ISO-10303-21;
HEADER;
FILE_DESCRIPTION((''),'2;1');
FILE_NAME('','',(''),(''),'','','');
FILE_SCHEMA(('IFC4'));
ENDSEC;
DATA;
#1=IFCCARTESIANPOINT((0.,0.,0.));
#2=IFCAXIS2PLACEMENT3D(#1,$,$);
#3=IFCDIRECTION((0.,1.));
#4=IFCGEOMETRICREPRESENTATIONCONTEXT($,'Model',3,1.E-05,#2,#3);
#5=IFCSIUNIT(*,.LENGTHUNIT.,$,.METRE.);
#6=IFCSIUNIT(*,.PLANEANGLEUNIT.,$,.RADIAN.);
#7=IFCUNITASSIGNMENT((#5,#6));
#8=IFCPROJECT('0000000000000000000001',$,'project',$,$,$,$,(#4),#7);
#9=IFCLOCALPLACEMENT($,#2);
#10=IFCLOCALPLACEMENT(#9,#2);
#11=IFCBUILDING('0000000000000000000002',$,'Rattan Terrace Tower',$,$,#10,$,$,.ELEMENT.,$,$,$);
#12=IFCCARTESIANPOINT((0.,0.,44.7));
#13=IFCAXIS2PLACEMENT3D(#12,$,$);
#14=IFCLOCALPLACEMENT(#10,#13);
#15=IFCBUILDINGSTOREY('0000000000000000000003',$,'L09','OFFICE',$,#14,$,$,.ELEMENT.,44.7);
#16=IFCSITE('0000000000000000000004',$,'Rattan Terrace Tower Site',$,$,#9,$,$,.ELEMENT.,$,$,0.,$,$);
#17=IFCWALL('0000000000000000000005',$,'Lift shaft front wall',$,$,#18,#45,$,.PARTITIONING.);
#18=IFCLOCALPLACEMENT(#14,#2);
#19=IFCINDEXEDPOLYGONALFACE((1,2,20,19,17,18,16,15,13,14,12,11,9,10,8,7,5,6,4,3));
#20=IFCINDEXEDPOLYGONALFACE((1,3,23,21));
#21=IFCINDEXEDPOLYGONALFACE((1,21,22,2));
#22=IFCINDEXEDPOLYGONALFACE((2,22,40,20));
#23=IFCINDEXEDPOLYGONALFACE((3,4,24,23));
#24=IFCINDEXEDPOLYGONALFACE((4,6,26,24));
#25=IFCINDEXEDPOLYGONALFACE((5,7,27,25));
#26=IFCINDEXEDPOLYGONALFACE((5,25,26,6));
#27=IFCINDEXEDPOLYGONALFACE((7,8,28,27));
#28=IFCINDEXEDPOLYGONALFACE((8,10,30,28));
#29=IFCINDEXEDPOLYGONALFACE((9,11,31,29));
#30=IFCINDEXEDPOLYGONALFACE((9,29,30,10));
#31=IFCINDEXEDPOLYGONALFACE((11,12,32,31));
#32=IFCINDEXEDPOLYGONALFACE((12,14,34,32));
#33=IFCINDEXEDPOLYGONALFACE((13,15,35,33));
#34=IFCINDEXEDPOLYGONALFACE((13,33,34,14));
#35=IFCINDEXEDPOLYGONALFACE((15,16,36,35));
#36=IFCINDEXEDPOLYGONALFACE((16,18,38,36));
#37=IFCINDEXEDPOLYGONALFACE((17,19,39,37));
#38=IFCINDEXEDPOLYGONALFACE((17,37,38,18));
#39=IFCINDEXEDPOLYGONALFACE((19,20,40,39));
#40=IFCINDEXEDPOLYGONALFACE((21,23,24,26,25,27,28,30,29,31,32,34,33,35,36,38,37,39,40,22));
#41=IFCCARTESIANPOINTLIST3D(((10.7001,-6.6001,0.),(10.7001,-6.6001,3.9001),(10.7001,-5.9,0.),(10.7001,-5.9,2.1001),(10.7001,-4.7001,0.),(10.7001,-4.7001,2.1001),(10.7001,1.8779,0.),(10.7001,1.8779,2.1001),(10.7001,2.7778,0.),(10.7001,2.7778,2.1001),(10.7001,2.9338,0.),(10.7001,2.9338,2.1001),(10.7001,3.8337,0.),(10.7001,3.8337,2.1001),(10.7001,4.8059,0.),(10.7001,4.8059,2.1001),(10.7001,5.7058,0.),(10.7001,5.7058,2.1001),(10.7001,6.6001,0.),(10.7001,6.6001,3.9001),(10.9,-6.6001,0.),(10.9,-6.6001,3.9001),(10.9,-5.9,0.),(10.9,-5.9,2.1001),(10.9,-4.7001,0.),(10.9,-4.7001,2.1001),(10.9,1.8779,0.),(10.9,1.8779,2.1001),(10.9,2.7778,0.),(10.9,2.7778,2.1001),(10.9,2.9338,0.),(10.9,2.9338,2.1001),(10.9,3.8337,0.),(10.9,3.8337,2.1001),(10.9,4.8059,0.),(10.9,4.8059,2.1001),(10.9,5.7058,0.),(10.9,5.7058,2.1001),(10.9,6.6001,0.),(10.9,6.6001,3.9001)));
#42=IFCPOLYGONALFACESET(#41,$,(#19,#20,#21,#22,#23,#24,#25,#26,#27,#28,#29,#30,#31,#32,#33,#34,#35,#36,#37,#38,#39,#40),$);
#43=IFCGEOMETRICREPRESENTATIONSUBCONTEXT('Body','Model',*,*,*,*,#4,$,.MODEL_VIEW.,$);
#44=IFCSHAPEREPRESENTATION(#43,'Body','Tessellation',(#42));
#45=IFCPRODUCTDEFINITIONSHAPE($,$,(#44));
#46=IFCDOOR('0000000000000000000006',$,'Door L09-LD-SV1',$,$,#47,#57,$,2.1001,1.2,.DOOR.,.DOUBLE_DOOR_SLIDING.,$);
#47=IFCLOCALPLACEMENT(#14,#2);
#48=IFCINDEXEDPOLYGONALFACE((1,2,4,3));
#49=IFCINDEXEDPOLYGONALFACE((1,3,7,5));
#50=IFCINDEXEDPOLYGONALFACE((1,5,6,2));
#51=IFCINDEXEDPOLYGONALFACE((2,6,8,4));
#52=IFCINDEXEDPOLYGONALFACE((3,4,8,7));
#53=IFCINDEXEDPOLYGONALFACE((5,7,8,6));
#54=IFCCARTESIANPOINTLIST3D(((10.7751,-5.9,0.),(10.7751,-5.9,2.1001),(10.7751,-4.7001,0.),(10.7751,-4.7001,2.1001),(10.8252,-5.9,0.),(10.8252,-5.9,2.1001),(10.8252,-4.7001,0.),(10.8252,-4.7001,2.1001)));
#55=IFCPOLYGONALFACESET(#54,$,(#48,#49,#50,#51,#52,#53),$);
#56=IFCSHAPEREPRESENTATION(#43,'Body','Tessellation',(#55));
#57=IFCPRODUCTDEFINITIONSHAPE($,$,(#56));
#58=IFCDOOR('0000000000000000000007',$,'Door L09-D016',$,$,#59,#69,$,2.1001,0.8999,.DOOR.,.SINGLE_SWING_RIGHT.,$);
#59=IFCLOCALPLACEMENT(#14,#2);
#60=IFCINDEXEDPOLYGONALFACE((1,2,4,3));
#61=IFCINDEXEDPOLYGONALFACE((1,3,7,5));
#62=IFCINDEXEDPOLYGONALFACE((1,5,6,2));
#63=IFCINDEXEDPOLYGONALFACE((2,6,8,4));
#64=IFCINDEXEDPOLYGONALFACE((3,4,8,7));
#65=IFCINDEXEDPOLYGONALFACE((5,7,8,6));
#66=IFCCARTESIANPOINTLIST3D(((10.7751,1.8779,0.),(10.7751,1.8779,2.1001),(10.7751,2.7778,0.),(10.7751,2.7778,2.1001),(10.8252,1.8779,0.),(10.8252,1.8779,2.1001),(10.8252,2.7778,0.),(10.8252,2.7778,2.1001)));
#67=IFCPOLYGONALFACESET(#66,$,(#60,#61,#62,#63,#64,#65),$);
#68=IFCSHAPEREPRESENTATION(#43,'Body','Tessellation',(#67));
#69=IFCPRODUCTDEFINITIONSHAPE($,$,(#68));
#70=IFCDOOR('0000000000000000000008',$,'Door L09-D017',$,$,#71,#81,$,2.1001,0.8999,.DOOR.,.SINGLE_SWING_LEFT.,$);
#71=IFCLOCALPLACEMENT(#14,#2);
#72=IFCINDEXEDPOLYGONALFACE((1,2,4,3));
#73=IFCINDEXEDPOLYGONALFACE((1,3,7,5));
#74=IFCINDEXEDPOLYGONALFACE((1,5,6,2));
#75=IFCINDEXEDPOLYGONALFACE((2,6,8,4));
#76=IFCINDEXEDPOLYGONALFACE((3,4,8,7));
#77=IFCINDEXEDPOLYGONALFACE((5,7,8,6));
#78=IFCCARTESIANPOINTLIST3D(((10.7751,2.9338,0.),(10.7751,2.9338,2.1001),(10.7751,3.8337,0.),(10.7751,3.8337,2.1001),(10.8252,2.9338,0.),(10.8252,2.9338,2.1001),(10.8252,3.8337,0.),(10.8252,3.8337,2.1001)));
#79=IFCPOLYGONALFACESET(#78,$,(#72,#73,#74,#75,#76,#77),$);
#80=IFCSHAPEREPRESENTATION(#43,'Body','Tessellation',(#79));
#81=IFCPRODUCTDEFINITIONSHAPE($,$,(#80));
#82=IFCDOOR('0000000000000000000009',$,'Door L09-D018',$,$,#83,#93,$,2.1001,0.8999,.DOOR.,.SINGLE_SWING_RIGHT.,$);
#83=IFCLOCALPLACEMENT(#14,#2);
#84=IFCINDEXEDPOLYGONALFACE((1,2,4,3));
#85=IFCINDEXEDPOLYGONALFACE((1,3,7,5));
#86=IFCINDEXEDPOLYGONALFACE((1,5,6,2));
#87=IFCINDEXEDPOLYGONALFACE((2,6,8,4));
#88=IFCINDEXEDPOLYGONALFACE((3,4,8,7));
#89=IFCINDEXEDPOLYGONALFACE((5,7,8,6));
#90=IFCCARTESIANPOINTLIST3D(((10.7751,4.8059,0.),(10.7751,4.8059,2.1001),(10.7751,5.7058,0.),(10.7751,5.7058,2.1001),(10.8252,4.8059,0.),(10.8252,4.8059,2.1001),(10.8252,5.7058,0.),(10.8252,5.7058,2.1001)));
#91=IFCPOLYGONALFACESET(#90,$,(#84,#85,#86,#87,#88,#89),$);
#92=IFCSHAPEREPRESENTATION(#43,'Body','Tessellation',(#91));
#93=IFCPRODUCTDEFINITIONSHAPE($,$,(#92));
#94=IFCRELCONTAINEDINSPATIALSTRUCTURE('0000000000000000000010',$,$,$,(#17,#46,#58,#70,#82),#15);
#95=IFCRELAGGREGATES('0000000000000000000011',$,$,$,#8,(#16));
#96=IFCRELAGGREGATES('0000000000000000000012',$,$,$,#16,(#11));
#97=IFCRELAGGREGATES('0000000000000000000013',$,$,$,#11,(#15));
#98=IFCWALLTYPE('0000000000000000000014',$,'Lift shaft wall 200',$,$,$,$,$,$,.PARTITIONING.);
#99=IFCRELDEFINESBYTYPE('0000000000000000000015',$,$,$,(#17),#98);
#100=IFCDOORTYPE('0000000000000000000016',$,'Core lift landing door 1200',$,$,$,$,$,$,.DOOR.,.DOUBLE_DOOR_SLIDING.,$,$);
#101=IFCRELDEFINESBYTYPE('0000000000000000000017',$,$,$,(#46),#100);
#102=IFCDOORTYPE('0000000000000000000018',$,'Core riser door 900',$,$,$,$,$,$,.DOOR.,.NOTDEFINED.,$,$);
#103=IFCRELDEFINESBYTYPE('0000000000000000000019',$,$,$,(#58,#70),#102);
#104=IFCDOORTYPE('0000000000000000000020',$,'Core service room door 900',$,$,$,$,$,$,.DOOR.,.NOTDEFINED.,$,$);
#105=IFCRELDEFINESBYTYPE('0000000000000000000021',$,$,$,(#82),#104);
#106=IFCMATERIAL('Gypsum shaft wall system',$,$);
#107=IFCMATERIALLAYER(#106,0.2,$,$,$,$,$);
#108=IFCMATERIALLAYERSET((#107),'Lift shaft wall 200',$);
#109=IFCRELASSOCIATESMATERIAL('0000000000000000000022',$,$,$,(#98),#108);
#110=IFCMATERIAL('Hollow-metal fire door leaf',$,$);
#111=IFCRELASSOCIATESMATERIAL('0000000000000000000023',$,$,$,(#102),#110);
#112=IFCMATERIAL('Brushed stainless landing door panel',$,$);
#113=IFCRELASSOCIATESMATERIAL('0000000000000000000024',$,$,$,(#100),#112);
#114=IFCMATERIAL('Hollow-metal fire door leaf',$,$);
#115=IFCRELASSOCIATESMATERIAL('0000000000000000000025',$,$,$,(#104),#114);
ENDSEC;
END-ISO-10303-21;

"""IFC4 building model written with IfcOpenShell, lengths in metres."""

from ifc_helpers import new_model, si_unit, direction, frame, frame_2d, origin, place, context, subcontext, project, spatial, rectangle, extrude, material, layer, layer_set, type_object, element, fill, save


model = new_model("IFC4")

# Units and contexts
model_context = context("Model", 3, precision=1e-05, world=origin(), true_north=direction((0.0, 1.0)))
body_context = subcontext(model_context, "Body", "Model", "MODEL_VIEW")
ifc_project = project(units=[si_unit("LENGTHUNIT", "METRE"), si_unit("PLANEANGLEUNIT", "RADIAN")], contexts=[model_context])

# Site, building, storey
site_placement = place(None, origin())
site = spatial("IfcSite", under=ifc_project, at=site_placement, Name="Rattan Terrace Tower Site", CompositionType="ELEMENT", RefElevation=0.0)
building_placement = place(site_placement, origin())
building = spatial("IfcBuilding", under=site, at=building_placement, Name="Rattan Terrace Tower", CompositionType="ELEMENT")
storey_placement = place(building_placement, frame((0.0, 0.0, 44.7)))
storey = spatial("IfcBuildingStorey", under=building, at=storey_placement, Name="L09", Description="OFFICE", CompositionType="ELEMENT", Elevation=44.7)

# Shared definitions
ifc_material_1 = material(Name="Gypsum shaft wall system")
ifc_layer_1 = layer(ifc_material_1, 0.2)
ifc_layer_set_1 = layer_set([ifc_layer_1], Name="Lift shaft wall 200")
wall_type_1 = type_object("IfcWallType", Name="Lift shaft wall 200", PredefinedType="PARTITIONING", material=ifc_layer_set_1)
ifc_material_2 = material(Name="Hollow-metal fire door leaf")
door_type_1 = type_object("IfcDoorType", Name="Core riser door 900", OperationType="NOTDEFINED", PredefinedType="DOOR", material=ifc_material_2)

# Wall, openings, doors
wall_1_placement = place(storey_placement, frame((10.8, -6.6001, 0.0), z_axis=(0.0, 0.0, 1.0), x_axis=(0.0, 1.0, 0.0)))
wall_1 = element("IfcWall", 1, at=wall_1_placement, inside=storey, type_object=wall_type_1, Name="Lift shaft front wall", PredefinedType="PARTITIONING", context=body_context, shape_type="SweptSolid", body=[
    extrude(rectangle(XDim=13.2002, YDim=0.2, at=frame_2d((6.6001, 0.0))), origin(), (0.0, 0.0, 1.0), 3.9001),
])
opening_1_placement = place(wall_1_placement, frame((0.7, 0.0, 0.0)))
opening_1 = element("IfcOpeningElement", 2, at=opening_1_placement, cuts=wall_1, PredefinedType="OPENING", context=body_context, shape_type="SweptSolid", body=[
    extrude(rectangle(XDim=1.2, YDim=2.1001, at=frame_2d((0.6001, 1.05))), frame((0.0, 0.1106, 0.0), z_axis=(0.0, -1.0, 0.0), x_axis=(1.0, 0.0, 0.0)), (0.0, 0.0, 1.0), 0.2209),
])
opening_2_placement = place(wall_1_placement, frame((8.478, 0.0, 0.0)))
opening_2 = element("IfcOpeningElement", 3, at=opening_2_placement, cuts=wall_1, PredefinedType="OPENING", context=body_context, shape_type="SweptSolid", body=[
    extrude(rectangle(XDim=0.8999, YDim=2.1001, at=frame_2d((0.45, 1.05))), frame((0.0, 0.1106, 0.0), z_axis=(0.0, -1.0, 0.0), x_axis=(1.0, 0.0, 0.0)), (0.0, 0.0, 1.0), 0.2209),
])
opening_3_placement = place(wall_1_placement, frame((9.5339, 0.0, 0.0)))
opening_3 = element("IfcOpeningElement", 4, at=opening_3_placement, cuts=wall_1, PredefinedType="OPENING", context=body_context, shape_type="SweptSolid", body=[
    extrude(rectangle(XDim=0.8999, YDim=2.1001, at=frame_2d((0.45, 1.05))), frame((0.0, 0.1106, 0.0), z_axis=(0.0, -1.0, 0.0), x_axis=(1.0, 0.0, 0.0)), (0.0, 0.0, 1.0), 0.2209),
])
opening_4_placement = place(wall_1_placement, frame((11.406, 0.0, 0.0)))
opening_4 = element("IfcOpeningElement", 5, at=opening_4_placement, cuts=wall_1, PredefinedType="OPENING", context=body_context, shape_type="SweptSolid", body=[
    extrude(rectangle(XDim=0.8999, YDim=2.1001, at=frame_2d((0.45, 1.05))), frame((0.0, 0.1106, 0.0), z_axis=(0.0, -1.0, 0.0), x_axis=(1.0, 0.0, 0.0)), (0.0, 0.0, 1.0), 0.2209),
])
ifc_material_3 = material(Name="Brushed stainless landing door panel")
door_type_2 = type_object("IfcDoorType", Name="Core lift landing door 1200", OperationType="DOUBLE_DOOR_SLIDING", PredefinedType="DOOR", material=ifc_material_3)
door_1_placement = place(opening_1_placement, origin())
door_1 = element("IfcDoor", 6, at=door_1_placement, inside=storey, type_object=door_type_2, Name="Door L09-LD-SV1", OperationType="DOUBLE_DOOR_SLIDING", OverallHeight=2.1001, OverallWidth=1.2, PredefinedType="DOOR", context=body_context, shape_type="SweptSolid", body=[
    extrude(rectangle(XDim=1.2, YDim=2.1001, at=frame_2d((0.6001, 1.05))), frame((0.0, 0.0249, 0.0), z_axis=(0.0, -1.0, 0.0), x_axis=(1.0, 0.0, 0.0)), (0.0, 0.0, 1.0), 0.05),
])
fill(opening_1, door_1)
door_2_placement = place(opening_2_placement, origin())
door_2 = element("IfcDoor", 7, at=door_2_placement, inside=storey, type_object=door_type_1, Name="Door L09-D016", OperationType="SINGLE_SWING_RIGHT", OverallHeight=2.1001, OverallWidth=0.8999, PredefinedType="DOOR", context=body_context, shape_type="SweptSolid", body=[
    extrude(rectangle(XDim=0.8999, YDim=2.1001, at=frame_2d((0.45, 1.05))), frame((0.0, 0.0249, 0.0), z_axis=(0.0, -1.0, 0.0), x_axis=(1.0, 0.0, 0.0)), (0.0, 0.0, 1.0), 0.05),
])
fill(opening_2, door_2)
door_3_placement = place(opening_3_placement, origin())
door_3 = element("IfcDoor", 8, at=door_3_placement, inside=storey, type_object=door_type_1, Name="Door L09-D017", OperationType="SINGLE_SWING_LEFT", OverallHeight=2.1001, OverallWidth=0.8999, PredefinedType="DOOR", context=body_context, shape_type="SweptSolid", body=[
    extrude(rectangle(XDim=0.8999, YDim=2.1001, at=frame_2d((0.45, 1.05))), frame((0.0, 0.0249, 0.0), z_axis=(0.0, -1.0, 0.0), x_axis=(1.0, 0.0, 0.0)), (0.0, 0.0, 1.0), 0.05),
])
fill(opening_3, door_3)
ifc_material_4 = material(Name="Hollow-metal fire door leaf")
door_type_3 = type_object("IfcDoorType", Name="Core service room door 900", OperationType="NOTDEFINED", PredefinedType="DOOR", material=ifc_material_4)
door_4_placement = place(opening_4_placement, origin())
door_4 = element("IfcDoor", 9, at=door_4_placement, inside=storey, type_object=door_type_3, Name="Door L09-D018", OperationType="SINGLE_SWING_RIGHT", OverallHeight=2.1001, OverallWidth=0.8999, PredefinedType="DOOR", context=body_context, shape_type="SweptSolid", body=[
    extrude(rectangle(XDim=0.8999, YDim=2.1001, at=frame_2d((0.45, 1.05))), frame((0.0, 0.0249, 0.0), z_axis=(0.0, -1.0, 0.0), x_axis=(1.0, 0.0, 0.0)), (0.0, 0.0, 1.0), 0.05),
])
fill(opening_4, door_4)

save(model, "model.ifc")
